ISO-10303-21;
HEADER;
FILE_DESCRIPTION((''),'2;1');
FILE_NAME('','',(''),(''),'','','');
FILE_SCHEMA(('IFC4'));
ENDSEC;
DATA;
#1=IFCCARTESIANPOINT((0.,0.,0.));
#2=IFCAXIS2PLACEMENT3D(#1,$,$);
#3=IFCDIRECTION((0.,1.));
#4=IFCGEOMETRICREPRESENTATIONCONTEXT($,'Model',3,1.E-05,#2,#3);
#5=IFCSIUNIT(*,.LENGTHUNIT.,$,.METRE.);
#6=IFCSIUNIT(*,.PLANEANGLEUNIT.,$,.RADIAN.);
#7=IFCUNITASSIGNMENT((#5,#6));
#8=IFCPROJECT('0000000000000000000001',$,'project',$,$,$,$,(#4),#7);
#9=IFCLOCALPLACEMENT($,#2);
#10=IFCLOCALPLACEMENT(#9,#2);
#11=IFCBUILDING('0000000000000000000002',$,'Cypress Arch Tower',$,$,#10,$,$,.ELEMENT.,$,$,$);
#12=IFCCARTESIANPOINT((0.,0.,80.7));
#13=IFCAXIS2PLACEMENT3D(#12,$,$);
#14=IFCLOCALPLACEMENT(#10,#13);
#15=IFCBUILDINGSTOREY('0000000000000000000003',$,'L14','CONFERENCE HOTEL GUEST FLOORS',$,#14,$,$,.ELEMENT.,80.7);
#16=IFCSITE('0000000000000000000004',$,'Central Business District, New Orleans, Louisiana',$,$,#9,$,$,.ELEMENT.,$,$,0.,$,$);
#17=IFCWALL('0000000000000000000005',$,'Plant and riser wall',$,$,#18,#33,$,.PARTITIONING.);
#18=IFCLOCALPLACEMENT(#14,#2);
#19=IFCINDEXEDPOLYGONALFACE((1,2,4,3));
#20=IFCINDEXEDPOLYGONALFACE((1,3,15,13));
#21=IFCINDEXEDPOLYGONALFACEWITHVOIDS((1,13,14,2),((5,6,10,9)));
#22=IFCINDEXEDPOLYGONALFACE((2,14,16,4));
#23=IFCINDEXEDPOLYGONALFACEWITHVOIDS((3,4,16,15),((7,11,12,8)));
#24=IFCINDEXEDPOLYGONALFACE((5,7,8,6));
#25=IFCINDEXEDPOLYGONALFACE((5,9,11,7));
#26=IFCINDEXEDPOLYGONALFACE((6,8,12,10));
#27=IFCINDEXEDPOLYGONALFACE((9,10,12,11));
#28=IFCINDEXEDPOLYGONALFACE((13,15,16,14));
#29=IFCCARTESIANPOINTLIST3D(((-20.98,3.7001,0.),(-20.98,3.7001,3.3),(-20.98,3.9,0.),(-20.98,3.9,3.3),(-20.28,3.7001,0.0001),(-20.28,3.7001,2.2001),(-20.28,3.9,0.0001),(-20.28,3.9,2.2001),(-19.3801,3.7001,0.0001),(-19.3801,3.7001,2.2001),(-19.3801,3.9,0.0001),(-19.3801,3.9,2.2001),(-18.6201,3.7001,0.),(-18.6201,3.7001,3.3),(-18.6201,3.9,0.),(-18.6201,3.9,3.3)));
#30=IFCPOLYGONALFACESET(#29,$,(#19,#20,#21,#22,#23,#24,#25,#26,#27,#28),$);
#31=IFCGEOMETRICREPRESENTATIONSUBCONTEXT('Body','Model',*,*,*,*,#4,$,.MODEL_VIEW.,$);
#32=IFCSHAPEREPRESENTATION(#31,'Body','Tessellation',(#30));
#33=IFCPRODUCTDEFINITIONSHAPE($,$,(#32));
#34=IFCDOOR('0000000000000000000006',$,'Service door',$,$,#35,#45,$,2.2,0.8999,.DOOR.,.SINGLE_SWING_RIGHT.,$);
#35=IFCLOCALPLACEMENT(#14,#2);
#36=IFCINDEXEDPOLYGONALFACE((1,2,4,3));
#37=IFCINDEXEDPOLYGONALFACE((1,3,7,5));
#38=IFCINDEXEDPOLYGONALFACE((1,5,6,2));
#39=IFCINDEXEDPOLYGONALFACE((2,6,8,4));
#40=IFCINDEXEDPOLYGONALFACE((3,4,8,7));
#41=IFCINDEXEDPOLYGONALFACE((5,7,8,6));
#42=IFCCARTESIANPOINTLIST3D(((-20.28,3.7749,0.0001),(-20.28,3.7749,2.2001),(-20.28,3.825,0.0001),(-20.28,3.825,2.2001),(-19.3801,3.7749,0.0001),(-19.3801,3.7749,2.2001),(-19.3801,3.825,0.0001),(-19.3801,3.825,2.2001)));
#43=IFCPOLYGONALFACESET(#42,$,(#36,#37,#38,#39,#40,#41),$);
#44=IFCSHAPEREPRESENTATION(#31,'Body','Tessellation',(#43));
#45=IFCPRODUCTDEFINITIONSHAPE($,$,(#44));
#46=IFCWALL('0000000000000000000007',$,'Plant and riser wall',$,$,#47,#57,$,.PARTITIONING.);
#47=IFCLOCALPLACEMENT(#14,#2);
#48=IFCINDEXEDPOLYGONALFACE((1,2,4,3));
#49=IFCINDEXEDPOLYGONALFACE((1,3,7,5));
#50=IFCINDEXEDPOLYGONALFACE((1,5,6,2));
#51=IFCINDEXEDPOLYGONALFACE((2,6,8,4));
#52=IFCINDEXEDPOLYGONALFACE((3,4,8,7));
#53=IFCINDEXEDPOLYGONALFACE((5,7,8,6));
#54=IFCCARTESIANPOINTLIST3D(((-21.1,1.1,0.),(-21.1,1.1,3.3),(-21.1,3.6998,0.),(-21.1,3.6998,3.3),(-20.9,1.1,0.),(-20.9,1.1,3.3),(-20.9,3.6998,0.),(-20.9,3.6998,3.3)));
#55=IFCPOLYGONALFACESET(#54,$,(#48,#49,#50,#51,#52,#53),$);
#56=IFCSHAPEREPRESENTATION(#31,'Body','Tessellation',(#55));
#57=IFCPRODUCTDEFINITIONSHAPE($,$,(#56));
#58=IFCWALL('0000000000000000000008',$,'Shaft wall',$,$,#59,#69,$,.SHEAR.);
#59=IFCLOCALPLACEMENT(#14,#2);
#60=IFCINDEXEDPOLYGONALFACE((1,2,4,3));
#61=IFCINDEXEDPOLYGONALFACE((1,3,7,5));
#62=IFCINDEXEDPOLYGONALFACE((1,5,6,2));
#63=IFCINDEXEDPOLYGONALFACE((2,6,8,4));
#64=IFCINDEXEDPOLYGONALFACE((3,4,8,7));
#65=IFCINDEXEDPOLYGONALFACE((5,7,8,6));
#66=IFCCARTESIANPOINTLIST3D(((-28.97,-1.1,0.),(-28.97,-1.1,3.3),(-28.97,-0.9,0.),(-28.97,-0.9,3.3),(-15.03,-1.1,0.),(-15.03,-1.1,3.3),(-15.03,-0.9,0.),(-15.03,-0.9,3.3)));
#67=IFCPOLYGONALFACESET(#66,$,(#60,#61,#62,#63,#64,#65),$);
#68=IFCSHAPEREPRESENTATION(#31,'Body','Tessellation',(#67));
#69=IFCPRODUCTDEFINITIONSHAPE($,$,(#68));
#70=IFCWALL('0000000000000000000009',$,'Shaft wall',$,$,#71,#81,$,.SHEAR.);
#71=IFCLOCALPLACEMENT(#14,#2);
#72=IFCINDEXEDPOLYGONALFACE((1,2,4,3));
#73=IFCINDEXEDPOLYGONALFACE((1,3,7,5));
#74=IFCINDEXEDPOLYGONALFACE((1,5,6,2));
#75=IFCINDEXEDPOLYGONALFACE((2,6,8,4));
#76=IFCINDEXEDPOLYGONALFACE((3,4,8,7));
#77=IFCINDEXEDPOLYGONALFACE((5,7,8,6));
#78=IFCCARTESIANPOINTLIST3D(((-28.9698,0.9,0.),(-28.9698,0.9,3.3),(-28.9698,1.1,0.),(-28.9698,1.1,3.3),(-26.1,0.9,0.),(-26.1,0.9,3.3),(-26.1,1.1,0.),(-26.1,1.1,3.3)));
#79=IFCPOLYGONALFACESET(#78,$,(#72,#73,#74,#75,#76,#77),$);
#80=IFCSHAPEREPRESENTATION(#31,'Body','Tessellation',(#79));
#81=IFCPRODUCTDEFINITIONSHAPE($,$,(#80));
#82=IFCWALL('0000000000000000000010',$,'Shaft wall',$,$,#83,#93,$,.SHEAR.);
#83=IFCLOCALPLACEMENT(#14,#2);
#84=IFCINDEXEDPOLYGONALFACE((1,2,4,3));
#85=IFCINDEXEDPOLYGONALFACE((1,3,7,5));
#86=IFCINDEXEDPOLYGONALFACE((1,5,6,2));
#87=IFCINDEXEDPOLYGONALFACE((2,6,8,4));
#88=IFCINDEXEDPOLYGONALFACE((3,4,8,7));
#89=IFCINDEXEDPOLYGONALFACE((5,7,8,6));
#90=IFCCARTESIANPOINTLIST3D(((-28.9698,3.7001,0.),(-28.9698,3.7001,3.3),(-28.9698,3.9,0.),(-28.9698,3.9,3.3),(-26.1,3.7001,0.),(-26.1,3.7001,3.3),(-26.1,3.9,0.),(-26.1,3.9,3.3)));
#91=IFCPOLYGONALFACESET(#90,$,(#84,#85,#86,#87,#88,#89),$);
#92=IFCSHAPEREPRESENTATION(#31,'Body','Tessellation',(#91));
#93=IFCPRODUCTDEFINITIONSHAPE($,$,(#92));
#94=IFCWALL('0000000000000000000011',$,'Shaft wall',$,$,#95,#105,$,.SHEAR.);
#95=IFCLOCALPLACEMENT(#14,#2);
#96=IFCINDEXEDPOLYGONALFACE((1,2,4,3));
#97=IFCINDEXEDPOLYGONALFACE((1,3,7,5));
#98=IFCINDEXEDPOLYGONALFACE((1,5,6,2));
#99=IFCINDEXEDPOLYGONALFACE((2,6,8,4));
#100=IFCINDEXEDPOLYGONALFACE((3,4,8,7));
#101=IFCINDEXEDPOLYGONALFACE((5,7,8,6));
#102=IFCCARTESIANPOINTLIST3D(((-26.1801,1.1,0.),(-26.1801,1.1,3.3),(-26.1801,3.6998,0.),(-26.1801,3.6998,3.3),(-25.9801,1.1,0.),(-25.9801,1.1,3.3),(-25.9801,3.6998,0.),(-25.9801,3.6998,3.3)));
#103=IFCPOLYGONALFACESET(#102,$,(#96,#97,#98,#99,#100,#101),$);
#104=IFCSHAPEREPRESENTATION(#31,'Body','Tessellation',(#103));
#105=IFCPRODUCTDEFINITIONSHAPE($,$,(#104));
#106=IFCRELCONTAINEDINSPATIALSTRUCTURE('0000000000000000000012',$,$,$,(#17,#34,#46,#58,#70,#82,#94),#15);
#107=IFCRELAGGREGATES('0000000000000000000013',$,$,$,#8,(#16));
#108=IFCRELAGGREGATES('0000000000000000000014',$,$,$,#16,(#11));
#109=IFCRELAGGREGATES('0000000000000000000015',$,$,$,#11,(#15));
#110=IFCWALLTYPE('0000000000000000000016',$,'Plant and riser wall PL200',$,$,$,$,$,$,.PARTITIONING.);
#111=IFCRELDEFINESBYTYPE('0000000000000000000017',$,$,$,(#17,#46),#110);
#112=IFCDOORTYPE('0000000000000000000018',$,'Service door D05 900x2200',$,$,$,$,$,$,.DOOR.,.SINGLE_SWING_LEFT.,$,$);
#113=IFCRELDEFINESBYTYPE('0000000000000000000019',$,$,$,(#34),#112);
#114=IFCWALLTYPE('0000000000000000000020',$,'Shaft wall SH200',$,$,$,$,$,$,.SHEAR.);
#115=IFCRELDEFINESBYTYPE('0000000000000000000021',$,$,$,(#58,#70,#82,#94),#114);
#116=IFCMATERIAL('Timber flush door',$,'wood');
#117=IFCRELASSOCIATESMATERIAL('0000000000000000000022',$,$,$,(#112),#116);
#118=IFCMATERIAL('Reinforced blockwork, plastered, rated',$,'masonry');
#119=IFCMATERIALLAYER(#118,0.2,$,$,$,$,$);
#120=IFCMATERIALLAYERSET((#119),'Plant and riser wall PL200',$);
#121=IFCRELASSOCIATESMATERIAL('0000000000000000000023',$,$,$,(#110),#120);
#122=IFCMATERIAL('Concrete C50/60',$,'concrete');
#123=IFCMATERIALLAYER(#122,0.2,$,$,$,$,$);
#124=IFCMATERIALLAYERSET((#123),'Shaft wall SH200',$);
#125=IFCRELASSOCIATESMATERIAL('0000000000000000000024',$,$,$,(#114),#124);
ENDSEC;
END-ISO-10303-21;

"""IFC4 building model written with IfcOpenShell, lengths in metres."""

from ifc_helpers import new_model, si_unit, direction, frame, frame_2d, origin, place, context, subcontext, project, spatial, rectangle, extrude, material, layer, layer_set, type_object, element, fill, save


model = new_model("IFC4")

# Units and contexts
model_context = context("Model", 3, precision=1e-05, world=origin(), true_north=direction((0.0, 1.0)))
body_context = subcontext(model_context, "Body", "Model", "MODEL_VIEW")
ifc_project = project(units=[si_unit("LENGTHUNIT", "METRE"), si_unit("PLANEANGLEUNIT", "RADIAN")], contexts=[model_context])

# Site, building, storey
site_placement = place(None, origin())
site = spatial("IfcSite", under=ifc_project, at=site_placement, Name="Central Business District, New Orleans, Louisiana", CompositionType="ELEMENT", RefElevation=0.0)
building_placement = place(site_placement, origin())
building = spatial("IfcBuilding", under=site, at=building_placement, Name="Cypress Arch Tower", CompositionType="ELEMENT")
storey_placement = place(building_placement, frame((0.0, 0.0, 80.7)))
storey = spatial("IfcBuildingStorey", under=building, at=storey_placement, Name="L14", Description="CONFERENCE HOTEL GUEST FLOORS", CompositionType="ELEMENT", Elevation=80.7)

# Shared definitions
ifc_material_1 = material(Name="Timber flush door", Category="wood")
door_type = type_object("IfcDoorType", Name="Service door D05 900x2200", OperationType="SINGLE_SWING_LEFT", PredefinedType="DOOR", material=ifc_material_1)

# Shared definitions
ifc_material_2 = material(Name="Reinforced blockwork, plastered, rated", Category="masonry")
ifc_layer_1 = layer(ifc_material_2, 0.2)
ifc_layer_set_1 = layer_set([ifc_layer_1], Name="Plant and riser wall PL200")
wall_type_1 = type_object("IfcWallType", Name="Plant and riser wall PL200", PredefinedType="PARTITIONING", material=ifc_layer_set_1)

# Wall, opening, door
wall_1_placement = place(storey_placement, frame((-20.98, 3.8, 0.0), z_axis=(0.0, 0.0, 1.0), x_axis=(1.0, 0.0, 0.0)))
wall_1 = element("IfcWall", 1, at=wall_1_placement, inside=storey, type_object=wall_type_1, Name="Plant and riser wall", PredefinedType="PARTITIONING", context=body_context, shape_type="SweptSolid", body=[
    extrude(rectangle(XDim=2.3599, YDim=0.2, at=frame_2d((1.1799, 0.0))), origin(), (0.0, 0.0, 1.0), 3.3),
])
opening_1_placement = place(wall_1_placement, frame((0.7, 0.0, 0.0)))
opening_1 = element("IfcOpeningElement", 2, at=opening_1_placement, cuts=wall_1, PredefinedType="OPENING", context=body_context, shape_type="SweptSolid", body=[
    extrude(rectangle(XDim=0.8999, YDim=2.2, at=frame_2d((0.45, 1.1001))), frame((0.0, 0.1099, 0.0), z_axis=(0.0, -1.0, 0.0), x_axis=(1.0, 0.0, 0.0)), (0.0, 0.0, 1.0), 0.22),
])
door_1_placement = place(opening_1_placement, origin())
door_1 = element("IfcDoor", 3, at=door_1_placement, inside=storey, type_object=door_type, Name="Service door", OperationType="SINGLE_SWING_RIGHT", OverallHeight=2.2, OverallWidth=0.8999, PredefinedType="DOOR", context=body_context, shape_type="SweptSolid", body=[
    extrude(rectangle(XDim=0.8999, YDim=2.2, at=frame_2d((0.45, 1.1001))), frame((0.0, 0.0249, 0.0), z_axis=(0.0, -1.0, 0.0), x_axis=(1.0, 0.0, 0.0)), (0.0, 0.0, 1.0), 0.05),
])
fill(opening_1, door_1)

# Walls
wall_2_placement = place(storey_placement, frame((-21.0, 1.1001, 0.0), z_axis=(0.0, 0.0, 1.0), x_axis=(0.0, 1.0, 0.0)))
element("IfcWall", 4, at=wall_2_placement, inside=storey, type_object=wall_type_1, Name="Plant and riser wall", PredefinedType="PARTITIONING", context=body_context, shape_type="SweptSolid", body=[
    extrude(rectangle(XDim=2.5999, YDim=0.2, at=frame_2d((1.2998, 0.0))), origin(), (0.0, 0.0, 1.0), 3.3),
])
ifc_material_3 = material(Name="Concrete C50/60", Category="concrete")
ifc_layer_2 = layer(ifc_material_3, 0.2)
ifc_layer_set_2 = layer_set([ifc_layer_2], Name="Shaft wall SH200")
wall_type_2 = type_object("IfcWallType", Name="Shaft wall SH200", PredefinedType="SHEAR", material=ifc_layer_set_2)
wall_3_placement = place(storey_placement, frame((-28.97, -1.0, 0.0), z_axis=(0.0, 0.0, 1.0), x_axis=(1.0, 0.0, 0.0)))
element("IfcWall", 5, at=wall_3_placement, inside=storey, type_object=wall_type_2, Name="Shaft wall", PredefinedType="SHEAR", context=body_context, shape_type="SweptSolid", body=[
    extrude(rectangle(XDim=13.9399, YDim=0.2, at=frame_2d((6.97, 0.0))), origin(), (0.0, 0.0, 1.0), 3.3),
])
for number, where, z_axis, x_axis, name in (
    (6, (-28.97, 1.0, 0.0), (0.0, 0.0, 1.0), (1.0, 0.0, 0.0), "Shaft wall"),
    (7, (-28.97, 3.8, 0.0), (0.0, 0.0, 1.0), (1.0, 0.0, 0.0), "Shaft wall"),
):
    element("IfcWall", number, at=place(storey_placement, frame(where, z_axis=z_axis, x_axis=x_axis)), inside=storey, type_object=wall_type_2, Name=name, PredefinedType="SHEAR", context=body_context, shape_type="SweptSolid", body=[
        extrude(rectangle(XDim=2.8699, YDim=0.2, at=frame_2d((1.4351, 0.0))), origin(), (0.0, 0.0, 1.0), 3.3),
    ])
wall_4_placement = place(storey_placement, frame((-26.0801, 1.1001, 0.0), z_axis=(0.0, 0.0, 1.0), x_axis=(0.0, 1.0, 0.0)))
element("IfcWall", 8, at=wall_4_placement, inside=storey, type_object=wall_type_2, Name="Shaft wall", PredefinedType="SHEAR", context=body_context, shape_type="SweptSolid", body=[
    extrude(rectangle(XDim=2.5999, YDim=0.2, at=frame_2d((1.2998, 0.0))), origin(), (0.0, 0.0, 1.0), 3.3),
])

save(model, "model.ifc")
